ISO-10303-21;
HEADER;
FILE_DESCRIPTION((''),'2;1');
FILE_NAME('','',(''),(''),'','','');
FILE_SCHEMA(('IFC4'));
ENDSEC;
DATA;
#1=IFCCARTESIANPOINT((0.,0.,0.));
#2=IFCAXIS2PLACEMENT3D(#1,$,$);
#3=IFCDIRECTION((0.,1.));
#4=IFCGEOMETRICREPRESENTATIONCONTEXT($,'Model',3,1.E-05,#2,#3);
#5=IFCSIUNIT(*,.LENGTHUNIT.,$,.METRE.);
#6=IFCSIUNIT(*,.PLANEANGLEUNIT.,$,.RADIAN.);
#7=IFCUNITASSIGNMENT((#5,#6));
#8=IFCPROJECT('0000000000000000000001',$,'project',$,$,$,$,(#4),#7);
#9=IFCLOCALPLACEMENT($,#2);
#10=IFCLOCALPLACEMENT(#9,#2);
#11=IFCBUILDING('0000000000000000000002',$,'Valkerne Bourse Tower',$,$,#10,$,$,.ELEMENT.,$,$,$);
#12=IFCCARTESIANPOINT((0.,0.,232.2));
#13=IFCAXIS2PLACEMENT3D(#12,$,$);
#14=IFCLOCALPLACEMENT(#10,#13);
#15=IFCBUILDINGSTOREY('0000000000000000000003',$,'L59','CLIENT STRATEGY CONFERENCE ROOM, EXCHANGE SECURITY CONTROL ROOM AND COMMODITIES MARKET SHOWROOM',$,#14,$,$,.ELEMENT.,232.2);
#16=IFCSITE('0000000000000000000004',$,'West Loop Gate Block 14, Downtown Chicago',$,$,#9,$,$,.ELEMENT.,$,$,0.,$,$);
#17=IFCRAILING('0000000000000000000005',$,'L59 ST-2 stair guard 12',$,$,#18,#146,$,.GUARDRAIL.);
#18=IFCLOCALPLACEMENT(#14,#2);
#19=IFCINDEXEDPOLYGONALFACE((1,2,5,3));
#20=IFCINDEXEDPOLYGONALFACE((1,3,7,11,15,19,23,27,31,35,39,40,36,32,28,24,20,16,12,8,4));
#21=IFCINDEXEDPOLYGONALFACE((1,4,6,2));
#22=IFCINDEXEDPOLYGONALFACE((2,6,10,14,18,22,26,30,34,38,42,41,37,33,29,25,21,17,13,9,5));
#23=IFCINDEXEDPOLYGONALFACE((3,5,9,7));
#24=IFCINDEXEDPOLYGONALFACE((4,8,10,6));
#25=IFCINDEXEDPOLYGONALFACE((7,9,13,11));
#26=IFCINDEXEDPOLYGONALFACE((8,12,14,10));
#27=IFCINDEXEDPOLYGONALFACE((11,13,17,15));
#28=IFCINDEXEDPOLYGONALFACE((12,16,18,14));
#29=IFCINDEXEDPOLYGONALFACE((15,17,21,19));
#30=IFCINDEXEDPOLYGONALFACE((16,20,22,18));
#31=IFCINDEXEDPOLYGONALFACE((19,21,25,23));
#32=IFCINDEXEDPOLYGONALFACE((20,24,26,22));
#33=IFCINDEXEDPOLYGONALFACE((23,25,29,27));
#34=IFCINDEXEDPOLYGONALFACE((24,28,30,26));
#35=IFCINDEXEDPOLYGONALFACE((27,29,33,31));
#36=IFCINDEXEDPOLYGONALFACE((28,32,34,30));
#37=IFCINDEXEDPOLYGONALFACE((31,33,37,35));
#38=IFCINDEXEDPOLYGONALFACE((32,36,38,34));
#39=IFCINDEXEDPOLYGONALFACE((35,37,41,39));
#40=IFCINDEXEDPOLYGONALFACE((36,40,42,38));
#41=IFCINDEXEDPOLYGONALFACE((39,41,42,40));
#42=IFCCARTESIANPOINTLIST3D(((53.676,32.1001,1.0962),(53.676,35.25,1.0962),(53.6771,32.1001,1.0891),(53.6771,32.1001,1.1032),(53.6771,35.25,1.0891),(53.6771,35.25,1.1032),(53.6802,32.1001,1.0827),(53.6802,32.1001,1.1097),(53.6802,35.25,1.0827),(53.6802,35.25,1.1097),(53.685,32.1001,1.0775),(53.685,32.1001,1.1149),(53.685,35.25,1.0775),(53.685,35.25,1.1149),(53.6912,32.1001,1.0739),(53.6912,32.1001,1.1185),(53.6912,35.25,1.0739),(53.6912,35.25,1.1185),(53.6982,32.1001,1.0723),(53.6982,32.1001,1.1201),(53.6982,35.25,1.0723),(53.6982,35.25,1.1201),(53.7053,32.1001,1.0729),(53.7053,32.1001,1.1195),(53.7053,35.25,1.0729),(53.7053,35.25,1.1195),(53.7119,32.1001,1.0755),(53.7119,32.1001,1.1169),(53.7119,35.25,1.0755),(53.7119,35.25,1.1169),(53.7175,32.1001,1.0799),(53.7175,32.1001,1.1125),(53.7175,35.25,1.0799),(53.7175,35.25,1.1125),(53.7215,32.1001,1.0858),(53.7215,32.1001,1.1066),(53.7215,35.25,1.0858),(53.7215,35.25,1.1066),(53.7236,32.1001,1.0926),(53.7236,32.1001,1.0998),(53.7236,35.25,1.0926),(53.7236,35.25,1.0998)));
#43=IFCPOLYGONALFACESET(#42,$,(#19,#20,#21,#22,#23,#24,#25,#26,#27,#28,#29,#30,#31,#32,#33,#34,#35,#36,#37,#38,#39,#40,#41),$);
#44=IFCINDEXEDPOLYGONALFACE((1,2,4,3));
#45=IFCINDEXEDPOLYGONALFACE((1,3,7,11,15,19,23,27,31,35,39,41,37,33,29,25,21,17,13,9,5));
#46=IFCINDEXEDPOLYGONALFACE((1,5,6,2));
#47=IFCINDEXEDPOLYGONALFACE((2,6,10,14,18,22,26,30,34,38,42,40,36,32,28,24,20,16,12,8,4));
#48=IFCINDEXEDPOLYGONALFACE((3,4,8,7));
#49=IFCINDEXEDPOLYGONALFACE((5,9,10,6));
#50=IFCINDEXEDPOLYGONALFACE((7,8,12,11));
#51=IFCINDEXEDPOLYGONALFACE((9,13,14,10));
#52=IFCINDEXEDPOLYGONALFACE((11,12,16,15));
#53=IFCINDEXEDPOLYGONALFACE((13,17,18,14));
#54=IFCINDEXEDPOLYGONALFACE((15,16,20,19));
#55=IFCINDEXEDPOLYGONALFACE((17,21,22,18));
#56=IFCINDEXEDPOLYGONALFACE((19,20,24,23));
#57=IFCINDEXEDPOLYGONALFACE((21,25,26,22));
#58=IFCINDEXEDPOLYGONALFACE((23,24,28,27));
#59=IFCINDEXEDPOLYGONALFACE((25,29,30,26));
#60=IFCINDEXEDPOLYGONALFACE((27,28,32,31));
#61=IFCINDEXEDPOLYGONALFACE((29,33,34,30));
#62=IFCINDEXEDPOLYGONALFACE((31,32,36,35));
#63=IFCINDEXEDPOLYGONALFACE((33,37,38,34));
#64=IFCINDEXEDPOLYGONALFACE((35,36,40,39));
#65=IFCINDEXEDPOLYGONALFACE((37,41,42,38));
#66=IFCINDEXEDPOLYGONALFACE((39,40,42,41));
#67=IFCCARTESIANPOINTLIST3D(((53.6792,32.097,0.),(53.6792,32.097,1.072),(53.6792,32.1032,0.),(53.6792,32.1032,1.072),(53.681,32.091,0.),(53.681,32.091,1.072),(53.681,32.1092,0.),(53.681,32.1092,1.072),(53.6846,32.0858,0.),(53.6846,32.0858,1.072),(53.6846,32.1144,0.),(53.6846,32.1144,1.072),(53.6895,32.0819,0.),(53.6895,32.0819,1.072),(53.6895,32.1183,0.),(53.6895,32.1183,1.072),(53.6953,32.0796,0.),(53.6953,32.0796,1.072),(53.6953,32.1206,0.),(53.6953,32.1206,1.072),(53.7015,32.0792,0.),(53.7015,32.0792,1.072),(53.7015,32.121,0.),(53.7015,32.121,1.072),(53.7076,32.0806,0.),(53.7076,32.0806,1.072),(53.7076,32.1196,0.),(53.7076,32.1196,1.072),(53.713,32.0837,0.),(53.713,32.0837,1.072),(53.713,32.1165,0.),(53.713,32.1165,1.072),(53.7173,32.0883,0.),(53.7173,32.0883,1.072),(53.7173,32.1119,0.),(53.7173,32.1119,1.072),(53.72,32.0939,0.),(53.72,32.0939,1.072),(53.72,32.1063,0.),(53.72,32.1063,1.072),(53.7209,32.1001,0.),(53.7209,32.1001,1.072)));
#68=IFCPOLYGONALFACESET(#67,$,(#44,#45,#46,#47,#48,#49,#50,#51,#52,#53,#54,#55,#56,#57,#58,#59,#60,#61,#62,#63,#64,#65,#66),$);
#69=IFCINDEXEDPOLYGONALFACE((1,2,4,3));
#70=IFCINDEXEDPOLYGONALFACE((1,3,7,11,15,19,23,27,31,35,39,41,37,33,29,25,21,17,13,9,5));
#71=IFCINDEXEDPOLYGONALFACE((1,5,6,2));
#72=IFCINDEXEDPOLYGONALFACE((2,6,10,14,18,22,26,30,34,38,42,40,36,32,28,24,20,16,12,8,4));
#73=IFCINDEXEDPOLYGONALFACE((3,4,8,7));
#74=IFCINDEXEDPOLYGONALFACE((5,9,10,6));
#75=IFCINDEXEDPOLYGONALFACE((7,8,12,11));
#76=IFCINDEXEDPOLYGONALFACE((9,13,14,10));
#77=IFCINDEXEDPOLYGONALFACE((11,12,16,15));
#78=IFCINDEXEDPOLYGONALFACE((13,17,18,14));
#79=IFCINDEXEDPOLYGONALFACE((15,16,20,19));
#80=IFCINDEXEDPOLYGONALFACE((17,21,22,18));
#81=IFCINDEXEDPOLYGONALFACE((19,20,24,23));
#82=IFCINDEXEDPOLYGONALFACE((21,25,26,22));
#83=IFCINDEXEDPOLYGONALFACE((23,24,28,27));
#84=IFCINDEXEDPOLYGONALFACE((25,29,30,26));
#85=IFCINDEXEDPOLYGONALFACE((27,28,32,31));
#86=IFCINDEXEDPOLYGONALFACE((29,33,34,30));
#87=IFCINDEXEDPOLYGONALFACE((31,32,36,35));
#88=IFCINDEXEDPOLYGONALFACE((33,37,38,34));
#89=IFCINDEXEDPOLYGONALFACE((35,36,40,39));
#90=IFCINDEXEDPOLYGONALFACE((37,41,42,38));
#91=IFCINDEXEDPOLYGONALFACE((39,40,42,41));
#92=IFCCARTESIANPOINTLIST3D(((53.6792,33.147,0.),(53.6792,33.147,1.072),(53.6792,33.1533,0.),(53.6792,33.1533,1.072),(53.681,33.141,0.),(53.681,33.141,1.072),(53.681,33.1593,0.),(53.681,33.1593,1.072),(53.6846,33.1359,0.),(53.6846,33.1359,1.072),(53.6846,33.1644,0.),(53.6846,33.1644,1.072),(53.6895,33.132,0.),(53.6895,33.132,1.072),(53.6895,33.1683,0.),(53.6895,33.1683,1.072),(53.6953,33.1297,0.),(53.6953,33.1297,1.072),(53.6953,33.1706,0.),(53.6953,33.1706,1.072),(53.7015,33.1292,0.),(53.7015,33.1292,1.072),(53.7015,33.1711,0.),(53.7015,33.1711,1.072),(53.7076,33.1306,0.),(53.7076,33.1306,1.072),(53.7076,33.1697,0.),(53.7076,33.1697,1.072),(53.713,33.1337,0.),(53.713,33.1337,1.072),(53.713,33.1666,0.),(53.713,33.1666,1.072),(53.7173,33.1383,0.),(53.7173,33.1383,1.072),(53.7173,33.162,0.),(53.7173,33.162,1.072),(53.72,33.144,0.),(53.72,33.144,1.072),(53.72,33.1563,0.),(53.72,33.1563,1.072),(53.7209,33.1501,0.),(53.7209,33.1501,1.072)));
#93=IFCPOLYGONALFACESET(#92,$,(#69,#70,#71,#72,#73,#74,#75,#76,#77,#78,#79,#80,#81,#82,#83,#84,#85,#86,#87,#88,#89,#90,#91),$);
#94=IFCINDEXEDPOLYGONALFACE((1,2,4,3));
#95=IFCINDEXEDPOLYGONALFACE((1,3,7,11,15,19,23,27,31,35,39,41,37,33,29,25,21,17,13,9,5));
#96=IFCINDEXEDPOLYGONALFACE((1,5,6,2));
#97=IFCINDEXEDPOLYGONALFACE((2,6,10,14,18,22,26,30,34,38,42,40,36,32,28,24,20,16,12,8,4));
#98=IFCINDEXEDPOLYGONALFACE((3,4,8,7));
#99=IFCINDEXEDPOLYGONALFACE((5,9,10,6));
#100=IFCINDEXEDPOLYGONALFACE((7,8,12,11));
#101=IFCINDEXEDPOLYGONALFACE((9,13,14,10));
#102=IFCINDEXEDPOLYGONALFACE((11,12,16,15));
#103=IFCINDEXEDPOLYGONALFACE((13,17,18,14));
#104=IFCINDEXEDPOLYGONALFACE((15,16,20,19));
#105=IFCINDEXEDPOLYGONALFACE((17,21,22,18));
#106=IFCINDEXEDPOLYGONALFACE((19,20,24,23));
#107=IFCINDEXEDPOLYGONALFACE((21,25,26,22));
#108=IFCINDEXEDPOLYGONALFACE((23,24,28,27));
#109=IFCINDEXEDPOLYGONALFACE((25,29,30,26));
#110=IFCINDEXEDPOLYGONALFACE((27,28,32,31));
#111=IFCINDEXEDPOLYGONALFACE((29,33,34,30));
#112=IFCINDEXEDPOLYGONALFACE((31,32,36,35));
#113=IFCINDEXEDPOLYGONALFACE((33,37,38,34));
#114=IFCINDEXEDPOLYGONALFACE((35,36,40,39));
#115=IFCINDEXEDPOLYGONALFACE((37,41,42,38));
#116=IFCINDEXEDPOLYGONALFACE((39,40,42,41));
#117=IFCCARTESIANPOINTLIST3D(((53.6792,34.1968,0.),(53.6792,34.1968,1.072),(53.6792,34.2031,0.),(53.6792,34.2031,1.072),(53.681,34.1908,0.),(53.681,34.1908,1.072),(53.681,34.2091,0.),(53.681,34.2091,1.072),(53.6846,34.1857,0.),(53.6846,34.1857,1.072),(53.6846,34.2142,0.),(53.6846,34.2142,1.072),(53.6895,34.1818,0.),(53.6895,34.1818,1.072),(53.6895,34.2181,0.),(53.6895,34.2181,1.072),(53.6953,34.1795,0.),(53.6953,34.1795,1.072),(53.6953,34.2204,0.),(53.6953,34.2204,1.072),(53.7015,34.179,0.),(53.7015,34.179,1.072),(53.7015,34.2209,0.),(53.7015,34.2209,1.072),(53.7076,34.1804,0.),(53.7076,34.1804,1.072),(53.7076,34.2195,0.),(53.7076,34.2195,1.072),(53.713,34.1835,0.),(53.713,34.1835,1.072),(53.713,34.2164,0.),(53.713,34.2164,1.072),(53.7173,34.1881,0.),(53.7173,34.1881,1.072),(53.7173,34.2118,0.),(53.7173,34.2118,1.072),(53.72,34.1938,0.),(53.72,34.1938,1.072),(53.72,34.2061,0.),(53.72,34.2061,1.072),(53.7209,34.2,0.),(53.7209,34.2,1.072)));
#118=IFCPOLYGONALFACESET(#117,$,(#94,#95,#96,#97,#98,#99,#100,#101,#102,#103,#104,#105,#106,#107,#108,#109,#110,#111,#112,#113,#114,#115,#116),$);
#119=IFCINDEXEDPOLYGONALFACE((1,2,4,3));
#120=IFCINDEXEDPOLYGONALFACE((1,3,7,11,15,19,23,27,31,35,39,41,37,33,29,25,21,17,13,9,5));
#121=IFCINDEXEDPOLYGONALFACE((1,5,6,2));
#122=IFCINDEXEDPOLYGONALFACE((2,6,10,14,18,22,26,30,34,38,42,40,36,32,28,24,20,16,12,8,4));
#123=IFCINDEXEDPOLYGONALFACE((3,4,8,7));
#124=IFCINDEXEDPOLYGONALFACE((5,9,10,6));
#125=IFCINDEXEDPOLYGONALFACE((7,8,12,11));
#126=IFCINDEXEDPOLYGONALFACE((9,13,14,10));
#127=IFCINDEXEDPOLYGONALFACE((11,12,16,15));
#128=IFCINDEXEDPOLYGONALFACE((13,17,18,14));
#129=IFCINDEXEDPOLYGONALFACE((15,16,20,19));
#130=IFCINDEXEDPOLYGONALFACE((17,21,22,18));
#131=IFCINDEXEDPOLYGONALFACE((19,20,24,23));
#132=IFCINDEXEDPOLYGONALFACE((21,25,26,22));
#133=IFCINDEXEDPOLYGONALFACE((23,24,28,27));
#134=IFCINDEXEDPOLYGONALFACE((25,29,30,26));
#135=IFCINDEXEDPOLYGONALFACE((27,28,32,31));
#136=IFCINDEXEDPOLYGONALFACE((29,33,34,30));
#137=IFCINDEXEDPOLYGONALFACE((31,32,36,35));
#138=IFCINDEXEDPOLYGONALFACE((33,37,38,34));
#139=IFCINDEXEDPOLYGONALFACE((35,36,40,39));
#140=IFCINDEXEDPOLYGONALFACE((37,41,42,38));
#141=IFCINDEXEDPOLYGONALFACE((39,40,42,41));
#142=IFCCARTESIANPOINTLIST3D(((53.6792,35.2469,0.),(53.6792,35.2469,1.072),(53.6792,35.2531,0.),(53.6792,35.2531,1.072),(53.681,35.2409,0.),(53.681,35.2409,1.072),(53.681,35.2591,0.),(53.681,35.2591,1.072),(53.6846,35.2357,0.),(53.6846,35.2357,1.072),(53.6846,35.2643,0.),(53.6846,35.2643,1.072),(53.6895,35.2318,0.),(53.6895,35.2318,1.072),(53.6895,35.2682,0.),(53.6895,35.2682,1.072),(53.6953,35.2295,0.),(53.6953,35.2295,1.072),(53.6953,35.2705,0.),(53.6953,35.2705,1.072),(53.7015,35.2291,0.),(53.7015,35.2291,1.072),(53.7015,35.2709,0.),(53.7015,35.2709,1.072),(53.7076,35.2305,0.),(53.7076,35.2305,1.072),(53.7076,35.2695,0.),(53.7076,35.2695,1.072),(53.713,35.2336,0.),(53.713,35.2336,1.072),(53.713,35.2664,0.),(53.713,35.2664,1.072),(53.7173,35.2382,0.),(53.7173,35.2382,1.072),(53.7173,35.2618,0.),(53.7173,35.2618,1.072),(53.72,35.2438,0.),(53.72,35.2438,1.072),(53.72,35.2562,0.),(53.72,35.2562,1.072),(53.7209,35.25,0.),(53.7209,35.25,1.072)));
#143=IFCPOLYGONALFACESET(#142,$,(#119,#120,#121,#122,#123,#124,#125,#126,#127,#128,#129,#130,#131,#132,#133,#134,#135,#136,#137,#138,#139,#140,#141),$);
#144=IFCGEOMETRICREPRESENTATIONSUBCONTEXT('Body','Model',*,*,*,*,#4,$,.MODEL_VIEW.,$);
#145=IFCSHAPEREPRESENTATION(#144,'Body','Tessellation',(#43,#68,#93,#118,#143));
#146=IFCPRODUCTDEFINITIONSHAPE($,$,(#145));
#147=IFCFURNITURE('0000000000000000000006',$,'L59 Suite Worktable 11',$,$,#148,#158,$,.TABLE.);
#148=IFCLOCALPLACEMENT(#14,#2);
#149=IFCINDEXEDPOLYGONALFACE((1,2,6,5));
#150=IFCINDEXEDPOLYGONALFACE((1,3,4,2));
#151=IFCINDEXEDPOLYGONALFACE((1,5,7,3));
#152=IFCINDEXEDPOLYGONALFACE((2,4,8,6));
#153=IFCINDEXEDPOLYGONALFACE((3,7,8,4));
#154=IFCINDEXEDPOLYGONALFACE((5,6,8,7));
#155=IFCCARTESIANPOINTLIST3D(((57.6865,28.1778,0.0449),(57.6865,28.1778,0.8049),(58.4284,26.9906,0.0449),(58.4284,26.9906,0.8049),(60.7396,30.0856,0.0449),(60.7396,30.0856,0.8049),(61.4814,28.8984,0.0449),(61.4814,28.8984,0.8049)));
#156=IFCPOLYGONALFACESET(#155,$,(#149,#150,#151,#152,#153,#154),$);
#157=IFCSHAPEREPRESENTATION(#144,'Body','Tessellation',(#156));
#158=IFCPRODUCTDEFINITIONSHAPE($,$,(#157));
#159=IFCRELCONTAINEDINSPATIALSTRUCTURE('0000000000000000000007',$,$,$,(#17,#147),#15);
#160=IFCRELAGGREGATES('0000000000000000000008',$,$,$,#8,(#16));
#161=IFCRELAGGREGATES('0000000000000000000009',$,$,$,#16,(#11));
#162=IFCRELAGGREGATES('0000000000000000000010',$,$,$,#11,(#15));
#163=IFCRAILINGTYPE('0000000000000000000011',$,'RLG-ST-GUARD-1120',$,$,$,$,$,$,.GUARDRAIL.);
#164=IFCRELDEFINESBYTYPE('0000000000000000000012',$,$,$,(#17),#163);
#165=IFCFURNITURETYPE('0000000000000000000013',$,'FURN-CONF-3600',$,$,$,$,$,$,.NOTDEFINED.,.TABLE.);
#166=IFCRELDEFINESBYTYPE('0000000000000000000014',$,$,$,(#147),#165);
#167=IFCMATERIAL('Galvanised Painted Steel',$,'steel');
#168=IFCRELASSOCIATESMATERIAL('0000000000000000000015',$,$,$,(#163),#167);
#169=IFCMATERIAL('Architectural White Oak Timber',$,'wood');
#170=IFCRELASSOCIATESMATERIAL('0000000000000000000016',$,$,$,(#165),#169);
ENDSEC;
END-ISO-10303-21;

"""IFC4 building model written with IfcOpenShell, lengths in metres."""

from ifc_helpers import new_model, si_unit, direction, frame, origin, origin_2d, place, context, subcontext, project, spatial, rectangle, circle, extrude, material, type_object, element, save


model = new_model("IFC4")

# Units and contexts
model_context = context("Model", 3, precision=1e-05, world=origin(), true_north=direction((0.0, 1.0)))
body_context = subcontext(model_context, "Body", "Model", "MODEL_VIEW")
ifc_project = project(units=[si_unit("LENGTHUNIT", "METRE"), si_unit("PLANEANGLEUNIT", "RADIAN")], contexts=[model_context])

# Site, building, storey
site_placement = place(None, origin())
site = spatial("IfcSite", under=ifc_project, at=site_placement, Name="West Loop Gate Block 14, Downtown Chicago", CompositionType="ELEMENT", RefElevation=0.0)
building_placement = place(site_placement, origin())
building = spatial("IfcBuilding", under=site, at=building_placement, Name="Valkerne Bourse Tower", CompositionType="ELEMENT")
storey_placement = place(building_placement, frame((0.0, 0.0, 232.2)))
storey = spatial("IfcBuildingStorey", under=building, at=storey_placement, Name="L59", Description="CLIENT STRATEGY CONFERENCE ROOM, EXCHANGE SECURITY CONTROL ROOM AND COMMODITIES MARKET SHOWROOM", CompositionType="ELEMENT", Elevation=232.2)

# Railing
ifc_material_1 = material(Name="Galvanised Painted Steel", Category="steel")
railing_type = type_object("IfcRailingType", Name="RLG-ST-GUARD-1120", PredefinedType="GUARDRAIL", material=ifc_material_1)
railing_1_placement = place(storey_placement, frame((53.7, 32.1001, 0.0)))
element("IfcRailing", 1, at=railing_1_placement, inside=storey, type_object=railing_type, Name="L59 ST-2 stair guard 12", PredefinedType="GUARDRAIL", context=body_context, shape_type="SweptSolid", body=[
    extrude(circle(Radius=0.0239, at=origin_2d()), frame((0.0, 0.0, 1.0962), z_axis=(0.0, 1.0, 0.0), x_axis=(-1.0, 0.0, 0.0)), (0.0, 0.0, 1.0), 3.1499),
    extrude(circle(Radius=0.021, at=origin_2d()), origin(), (0.0, 0.0, 1.0), 1.072),
    extrude(circle(Radius=0.021, at=origin_2d()), frame((0.0, 1.05, 0.0)), (0.0, 0.0, 1.0), 1.072),
    extrude(circle(Radius=0.021, at=origin_2d()), frame((0.0, 2.0999, 0.0)), (0.0, 0.0, 1.0), 1.072),
    extrude(circle(Radius=0.021, at=origin_2d()), frame((0.0, 3.1499, 0.0)), (0.0, 0.0, 1.0), 1.072),
])

# Furniture
ifc_material_2 = material(Name="Architectural White Oak Timber", Category="wood")
furniture_type = type_object("IfcFurnitureType", Name="FURN-CONF-3600", AssemblyPlace="NOTDEFINED", PredefinedType="TABLE", material=ifc_material_2)
furniture_placement = place(storey_placement, frame((59.584, 28.5381, 0.0449), z_axis=(0.0, 0.0, 1.0), x_axis=(0.848048, 0.529919, 0.0)))
element("IfcFurniture", 2, at=furniture_placement, inside=storey, type_object=furniture_type, Name="L59 Suite Worktable 11", PredefinedType="TABLE", context=body_context, shape_type="SweptSolid", body=[
    extrude(rectangle(XDim=3.6001, YDim=1.3999, at=origin_2d()), origin(), (0.0, 0.0, 1.0), 0.76),
])

save(model, "model.ifc")
